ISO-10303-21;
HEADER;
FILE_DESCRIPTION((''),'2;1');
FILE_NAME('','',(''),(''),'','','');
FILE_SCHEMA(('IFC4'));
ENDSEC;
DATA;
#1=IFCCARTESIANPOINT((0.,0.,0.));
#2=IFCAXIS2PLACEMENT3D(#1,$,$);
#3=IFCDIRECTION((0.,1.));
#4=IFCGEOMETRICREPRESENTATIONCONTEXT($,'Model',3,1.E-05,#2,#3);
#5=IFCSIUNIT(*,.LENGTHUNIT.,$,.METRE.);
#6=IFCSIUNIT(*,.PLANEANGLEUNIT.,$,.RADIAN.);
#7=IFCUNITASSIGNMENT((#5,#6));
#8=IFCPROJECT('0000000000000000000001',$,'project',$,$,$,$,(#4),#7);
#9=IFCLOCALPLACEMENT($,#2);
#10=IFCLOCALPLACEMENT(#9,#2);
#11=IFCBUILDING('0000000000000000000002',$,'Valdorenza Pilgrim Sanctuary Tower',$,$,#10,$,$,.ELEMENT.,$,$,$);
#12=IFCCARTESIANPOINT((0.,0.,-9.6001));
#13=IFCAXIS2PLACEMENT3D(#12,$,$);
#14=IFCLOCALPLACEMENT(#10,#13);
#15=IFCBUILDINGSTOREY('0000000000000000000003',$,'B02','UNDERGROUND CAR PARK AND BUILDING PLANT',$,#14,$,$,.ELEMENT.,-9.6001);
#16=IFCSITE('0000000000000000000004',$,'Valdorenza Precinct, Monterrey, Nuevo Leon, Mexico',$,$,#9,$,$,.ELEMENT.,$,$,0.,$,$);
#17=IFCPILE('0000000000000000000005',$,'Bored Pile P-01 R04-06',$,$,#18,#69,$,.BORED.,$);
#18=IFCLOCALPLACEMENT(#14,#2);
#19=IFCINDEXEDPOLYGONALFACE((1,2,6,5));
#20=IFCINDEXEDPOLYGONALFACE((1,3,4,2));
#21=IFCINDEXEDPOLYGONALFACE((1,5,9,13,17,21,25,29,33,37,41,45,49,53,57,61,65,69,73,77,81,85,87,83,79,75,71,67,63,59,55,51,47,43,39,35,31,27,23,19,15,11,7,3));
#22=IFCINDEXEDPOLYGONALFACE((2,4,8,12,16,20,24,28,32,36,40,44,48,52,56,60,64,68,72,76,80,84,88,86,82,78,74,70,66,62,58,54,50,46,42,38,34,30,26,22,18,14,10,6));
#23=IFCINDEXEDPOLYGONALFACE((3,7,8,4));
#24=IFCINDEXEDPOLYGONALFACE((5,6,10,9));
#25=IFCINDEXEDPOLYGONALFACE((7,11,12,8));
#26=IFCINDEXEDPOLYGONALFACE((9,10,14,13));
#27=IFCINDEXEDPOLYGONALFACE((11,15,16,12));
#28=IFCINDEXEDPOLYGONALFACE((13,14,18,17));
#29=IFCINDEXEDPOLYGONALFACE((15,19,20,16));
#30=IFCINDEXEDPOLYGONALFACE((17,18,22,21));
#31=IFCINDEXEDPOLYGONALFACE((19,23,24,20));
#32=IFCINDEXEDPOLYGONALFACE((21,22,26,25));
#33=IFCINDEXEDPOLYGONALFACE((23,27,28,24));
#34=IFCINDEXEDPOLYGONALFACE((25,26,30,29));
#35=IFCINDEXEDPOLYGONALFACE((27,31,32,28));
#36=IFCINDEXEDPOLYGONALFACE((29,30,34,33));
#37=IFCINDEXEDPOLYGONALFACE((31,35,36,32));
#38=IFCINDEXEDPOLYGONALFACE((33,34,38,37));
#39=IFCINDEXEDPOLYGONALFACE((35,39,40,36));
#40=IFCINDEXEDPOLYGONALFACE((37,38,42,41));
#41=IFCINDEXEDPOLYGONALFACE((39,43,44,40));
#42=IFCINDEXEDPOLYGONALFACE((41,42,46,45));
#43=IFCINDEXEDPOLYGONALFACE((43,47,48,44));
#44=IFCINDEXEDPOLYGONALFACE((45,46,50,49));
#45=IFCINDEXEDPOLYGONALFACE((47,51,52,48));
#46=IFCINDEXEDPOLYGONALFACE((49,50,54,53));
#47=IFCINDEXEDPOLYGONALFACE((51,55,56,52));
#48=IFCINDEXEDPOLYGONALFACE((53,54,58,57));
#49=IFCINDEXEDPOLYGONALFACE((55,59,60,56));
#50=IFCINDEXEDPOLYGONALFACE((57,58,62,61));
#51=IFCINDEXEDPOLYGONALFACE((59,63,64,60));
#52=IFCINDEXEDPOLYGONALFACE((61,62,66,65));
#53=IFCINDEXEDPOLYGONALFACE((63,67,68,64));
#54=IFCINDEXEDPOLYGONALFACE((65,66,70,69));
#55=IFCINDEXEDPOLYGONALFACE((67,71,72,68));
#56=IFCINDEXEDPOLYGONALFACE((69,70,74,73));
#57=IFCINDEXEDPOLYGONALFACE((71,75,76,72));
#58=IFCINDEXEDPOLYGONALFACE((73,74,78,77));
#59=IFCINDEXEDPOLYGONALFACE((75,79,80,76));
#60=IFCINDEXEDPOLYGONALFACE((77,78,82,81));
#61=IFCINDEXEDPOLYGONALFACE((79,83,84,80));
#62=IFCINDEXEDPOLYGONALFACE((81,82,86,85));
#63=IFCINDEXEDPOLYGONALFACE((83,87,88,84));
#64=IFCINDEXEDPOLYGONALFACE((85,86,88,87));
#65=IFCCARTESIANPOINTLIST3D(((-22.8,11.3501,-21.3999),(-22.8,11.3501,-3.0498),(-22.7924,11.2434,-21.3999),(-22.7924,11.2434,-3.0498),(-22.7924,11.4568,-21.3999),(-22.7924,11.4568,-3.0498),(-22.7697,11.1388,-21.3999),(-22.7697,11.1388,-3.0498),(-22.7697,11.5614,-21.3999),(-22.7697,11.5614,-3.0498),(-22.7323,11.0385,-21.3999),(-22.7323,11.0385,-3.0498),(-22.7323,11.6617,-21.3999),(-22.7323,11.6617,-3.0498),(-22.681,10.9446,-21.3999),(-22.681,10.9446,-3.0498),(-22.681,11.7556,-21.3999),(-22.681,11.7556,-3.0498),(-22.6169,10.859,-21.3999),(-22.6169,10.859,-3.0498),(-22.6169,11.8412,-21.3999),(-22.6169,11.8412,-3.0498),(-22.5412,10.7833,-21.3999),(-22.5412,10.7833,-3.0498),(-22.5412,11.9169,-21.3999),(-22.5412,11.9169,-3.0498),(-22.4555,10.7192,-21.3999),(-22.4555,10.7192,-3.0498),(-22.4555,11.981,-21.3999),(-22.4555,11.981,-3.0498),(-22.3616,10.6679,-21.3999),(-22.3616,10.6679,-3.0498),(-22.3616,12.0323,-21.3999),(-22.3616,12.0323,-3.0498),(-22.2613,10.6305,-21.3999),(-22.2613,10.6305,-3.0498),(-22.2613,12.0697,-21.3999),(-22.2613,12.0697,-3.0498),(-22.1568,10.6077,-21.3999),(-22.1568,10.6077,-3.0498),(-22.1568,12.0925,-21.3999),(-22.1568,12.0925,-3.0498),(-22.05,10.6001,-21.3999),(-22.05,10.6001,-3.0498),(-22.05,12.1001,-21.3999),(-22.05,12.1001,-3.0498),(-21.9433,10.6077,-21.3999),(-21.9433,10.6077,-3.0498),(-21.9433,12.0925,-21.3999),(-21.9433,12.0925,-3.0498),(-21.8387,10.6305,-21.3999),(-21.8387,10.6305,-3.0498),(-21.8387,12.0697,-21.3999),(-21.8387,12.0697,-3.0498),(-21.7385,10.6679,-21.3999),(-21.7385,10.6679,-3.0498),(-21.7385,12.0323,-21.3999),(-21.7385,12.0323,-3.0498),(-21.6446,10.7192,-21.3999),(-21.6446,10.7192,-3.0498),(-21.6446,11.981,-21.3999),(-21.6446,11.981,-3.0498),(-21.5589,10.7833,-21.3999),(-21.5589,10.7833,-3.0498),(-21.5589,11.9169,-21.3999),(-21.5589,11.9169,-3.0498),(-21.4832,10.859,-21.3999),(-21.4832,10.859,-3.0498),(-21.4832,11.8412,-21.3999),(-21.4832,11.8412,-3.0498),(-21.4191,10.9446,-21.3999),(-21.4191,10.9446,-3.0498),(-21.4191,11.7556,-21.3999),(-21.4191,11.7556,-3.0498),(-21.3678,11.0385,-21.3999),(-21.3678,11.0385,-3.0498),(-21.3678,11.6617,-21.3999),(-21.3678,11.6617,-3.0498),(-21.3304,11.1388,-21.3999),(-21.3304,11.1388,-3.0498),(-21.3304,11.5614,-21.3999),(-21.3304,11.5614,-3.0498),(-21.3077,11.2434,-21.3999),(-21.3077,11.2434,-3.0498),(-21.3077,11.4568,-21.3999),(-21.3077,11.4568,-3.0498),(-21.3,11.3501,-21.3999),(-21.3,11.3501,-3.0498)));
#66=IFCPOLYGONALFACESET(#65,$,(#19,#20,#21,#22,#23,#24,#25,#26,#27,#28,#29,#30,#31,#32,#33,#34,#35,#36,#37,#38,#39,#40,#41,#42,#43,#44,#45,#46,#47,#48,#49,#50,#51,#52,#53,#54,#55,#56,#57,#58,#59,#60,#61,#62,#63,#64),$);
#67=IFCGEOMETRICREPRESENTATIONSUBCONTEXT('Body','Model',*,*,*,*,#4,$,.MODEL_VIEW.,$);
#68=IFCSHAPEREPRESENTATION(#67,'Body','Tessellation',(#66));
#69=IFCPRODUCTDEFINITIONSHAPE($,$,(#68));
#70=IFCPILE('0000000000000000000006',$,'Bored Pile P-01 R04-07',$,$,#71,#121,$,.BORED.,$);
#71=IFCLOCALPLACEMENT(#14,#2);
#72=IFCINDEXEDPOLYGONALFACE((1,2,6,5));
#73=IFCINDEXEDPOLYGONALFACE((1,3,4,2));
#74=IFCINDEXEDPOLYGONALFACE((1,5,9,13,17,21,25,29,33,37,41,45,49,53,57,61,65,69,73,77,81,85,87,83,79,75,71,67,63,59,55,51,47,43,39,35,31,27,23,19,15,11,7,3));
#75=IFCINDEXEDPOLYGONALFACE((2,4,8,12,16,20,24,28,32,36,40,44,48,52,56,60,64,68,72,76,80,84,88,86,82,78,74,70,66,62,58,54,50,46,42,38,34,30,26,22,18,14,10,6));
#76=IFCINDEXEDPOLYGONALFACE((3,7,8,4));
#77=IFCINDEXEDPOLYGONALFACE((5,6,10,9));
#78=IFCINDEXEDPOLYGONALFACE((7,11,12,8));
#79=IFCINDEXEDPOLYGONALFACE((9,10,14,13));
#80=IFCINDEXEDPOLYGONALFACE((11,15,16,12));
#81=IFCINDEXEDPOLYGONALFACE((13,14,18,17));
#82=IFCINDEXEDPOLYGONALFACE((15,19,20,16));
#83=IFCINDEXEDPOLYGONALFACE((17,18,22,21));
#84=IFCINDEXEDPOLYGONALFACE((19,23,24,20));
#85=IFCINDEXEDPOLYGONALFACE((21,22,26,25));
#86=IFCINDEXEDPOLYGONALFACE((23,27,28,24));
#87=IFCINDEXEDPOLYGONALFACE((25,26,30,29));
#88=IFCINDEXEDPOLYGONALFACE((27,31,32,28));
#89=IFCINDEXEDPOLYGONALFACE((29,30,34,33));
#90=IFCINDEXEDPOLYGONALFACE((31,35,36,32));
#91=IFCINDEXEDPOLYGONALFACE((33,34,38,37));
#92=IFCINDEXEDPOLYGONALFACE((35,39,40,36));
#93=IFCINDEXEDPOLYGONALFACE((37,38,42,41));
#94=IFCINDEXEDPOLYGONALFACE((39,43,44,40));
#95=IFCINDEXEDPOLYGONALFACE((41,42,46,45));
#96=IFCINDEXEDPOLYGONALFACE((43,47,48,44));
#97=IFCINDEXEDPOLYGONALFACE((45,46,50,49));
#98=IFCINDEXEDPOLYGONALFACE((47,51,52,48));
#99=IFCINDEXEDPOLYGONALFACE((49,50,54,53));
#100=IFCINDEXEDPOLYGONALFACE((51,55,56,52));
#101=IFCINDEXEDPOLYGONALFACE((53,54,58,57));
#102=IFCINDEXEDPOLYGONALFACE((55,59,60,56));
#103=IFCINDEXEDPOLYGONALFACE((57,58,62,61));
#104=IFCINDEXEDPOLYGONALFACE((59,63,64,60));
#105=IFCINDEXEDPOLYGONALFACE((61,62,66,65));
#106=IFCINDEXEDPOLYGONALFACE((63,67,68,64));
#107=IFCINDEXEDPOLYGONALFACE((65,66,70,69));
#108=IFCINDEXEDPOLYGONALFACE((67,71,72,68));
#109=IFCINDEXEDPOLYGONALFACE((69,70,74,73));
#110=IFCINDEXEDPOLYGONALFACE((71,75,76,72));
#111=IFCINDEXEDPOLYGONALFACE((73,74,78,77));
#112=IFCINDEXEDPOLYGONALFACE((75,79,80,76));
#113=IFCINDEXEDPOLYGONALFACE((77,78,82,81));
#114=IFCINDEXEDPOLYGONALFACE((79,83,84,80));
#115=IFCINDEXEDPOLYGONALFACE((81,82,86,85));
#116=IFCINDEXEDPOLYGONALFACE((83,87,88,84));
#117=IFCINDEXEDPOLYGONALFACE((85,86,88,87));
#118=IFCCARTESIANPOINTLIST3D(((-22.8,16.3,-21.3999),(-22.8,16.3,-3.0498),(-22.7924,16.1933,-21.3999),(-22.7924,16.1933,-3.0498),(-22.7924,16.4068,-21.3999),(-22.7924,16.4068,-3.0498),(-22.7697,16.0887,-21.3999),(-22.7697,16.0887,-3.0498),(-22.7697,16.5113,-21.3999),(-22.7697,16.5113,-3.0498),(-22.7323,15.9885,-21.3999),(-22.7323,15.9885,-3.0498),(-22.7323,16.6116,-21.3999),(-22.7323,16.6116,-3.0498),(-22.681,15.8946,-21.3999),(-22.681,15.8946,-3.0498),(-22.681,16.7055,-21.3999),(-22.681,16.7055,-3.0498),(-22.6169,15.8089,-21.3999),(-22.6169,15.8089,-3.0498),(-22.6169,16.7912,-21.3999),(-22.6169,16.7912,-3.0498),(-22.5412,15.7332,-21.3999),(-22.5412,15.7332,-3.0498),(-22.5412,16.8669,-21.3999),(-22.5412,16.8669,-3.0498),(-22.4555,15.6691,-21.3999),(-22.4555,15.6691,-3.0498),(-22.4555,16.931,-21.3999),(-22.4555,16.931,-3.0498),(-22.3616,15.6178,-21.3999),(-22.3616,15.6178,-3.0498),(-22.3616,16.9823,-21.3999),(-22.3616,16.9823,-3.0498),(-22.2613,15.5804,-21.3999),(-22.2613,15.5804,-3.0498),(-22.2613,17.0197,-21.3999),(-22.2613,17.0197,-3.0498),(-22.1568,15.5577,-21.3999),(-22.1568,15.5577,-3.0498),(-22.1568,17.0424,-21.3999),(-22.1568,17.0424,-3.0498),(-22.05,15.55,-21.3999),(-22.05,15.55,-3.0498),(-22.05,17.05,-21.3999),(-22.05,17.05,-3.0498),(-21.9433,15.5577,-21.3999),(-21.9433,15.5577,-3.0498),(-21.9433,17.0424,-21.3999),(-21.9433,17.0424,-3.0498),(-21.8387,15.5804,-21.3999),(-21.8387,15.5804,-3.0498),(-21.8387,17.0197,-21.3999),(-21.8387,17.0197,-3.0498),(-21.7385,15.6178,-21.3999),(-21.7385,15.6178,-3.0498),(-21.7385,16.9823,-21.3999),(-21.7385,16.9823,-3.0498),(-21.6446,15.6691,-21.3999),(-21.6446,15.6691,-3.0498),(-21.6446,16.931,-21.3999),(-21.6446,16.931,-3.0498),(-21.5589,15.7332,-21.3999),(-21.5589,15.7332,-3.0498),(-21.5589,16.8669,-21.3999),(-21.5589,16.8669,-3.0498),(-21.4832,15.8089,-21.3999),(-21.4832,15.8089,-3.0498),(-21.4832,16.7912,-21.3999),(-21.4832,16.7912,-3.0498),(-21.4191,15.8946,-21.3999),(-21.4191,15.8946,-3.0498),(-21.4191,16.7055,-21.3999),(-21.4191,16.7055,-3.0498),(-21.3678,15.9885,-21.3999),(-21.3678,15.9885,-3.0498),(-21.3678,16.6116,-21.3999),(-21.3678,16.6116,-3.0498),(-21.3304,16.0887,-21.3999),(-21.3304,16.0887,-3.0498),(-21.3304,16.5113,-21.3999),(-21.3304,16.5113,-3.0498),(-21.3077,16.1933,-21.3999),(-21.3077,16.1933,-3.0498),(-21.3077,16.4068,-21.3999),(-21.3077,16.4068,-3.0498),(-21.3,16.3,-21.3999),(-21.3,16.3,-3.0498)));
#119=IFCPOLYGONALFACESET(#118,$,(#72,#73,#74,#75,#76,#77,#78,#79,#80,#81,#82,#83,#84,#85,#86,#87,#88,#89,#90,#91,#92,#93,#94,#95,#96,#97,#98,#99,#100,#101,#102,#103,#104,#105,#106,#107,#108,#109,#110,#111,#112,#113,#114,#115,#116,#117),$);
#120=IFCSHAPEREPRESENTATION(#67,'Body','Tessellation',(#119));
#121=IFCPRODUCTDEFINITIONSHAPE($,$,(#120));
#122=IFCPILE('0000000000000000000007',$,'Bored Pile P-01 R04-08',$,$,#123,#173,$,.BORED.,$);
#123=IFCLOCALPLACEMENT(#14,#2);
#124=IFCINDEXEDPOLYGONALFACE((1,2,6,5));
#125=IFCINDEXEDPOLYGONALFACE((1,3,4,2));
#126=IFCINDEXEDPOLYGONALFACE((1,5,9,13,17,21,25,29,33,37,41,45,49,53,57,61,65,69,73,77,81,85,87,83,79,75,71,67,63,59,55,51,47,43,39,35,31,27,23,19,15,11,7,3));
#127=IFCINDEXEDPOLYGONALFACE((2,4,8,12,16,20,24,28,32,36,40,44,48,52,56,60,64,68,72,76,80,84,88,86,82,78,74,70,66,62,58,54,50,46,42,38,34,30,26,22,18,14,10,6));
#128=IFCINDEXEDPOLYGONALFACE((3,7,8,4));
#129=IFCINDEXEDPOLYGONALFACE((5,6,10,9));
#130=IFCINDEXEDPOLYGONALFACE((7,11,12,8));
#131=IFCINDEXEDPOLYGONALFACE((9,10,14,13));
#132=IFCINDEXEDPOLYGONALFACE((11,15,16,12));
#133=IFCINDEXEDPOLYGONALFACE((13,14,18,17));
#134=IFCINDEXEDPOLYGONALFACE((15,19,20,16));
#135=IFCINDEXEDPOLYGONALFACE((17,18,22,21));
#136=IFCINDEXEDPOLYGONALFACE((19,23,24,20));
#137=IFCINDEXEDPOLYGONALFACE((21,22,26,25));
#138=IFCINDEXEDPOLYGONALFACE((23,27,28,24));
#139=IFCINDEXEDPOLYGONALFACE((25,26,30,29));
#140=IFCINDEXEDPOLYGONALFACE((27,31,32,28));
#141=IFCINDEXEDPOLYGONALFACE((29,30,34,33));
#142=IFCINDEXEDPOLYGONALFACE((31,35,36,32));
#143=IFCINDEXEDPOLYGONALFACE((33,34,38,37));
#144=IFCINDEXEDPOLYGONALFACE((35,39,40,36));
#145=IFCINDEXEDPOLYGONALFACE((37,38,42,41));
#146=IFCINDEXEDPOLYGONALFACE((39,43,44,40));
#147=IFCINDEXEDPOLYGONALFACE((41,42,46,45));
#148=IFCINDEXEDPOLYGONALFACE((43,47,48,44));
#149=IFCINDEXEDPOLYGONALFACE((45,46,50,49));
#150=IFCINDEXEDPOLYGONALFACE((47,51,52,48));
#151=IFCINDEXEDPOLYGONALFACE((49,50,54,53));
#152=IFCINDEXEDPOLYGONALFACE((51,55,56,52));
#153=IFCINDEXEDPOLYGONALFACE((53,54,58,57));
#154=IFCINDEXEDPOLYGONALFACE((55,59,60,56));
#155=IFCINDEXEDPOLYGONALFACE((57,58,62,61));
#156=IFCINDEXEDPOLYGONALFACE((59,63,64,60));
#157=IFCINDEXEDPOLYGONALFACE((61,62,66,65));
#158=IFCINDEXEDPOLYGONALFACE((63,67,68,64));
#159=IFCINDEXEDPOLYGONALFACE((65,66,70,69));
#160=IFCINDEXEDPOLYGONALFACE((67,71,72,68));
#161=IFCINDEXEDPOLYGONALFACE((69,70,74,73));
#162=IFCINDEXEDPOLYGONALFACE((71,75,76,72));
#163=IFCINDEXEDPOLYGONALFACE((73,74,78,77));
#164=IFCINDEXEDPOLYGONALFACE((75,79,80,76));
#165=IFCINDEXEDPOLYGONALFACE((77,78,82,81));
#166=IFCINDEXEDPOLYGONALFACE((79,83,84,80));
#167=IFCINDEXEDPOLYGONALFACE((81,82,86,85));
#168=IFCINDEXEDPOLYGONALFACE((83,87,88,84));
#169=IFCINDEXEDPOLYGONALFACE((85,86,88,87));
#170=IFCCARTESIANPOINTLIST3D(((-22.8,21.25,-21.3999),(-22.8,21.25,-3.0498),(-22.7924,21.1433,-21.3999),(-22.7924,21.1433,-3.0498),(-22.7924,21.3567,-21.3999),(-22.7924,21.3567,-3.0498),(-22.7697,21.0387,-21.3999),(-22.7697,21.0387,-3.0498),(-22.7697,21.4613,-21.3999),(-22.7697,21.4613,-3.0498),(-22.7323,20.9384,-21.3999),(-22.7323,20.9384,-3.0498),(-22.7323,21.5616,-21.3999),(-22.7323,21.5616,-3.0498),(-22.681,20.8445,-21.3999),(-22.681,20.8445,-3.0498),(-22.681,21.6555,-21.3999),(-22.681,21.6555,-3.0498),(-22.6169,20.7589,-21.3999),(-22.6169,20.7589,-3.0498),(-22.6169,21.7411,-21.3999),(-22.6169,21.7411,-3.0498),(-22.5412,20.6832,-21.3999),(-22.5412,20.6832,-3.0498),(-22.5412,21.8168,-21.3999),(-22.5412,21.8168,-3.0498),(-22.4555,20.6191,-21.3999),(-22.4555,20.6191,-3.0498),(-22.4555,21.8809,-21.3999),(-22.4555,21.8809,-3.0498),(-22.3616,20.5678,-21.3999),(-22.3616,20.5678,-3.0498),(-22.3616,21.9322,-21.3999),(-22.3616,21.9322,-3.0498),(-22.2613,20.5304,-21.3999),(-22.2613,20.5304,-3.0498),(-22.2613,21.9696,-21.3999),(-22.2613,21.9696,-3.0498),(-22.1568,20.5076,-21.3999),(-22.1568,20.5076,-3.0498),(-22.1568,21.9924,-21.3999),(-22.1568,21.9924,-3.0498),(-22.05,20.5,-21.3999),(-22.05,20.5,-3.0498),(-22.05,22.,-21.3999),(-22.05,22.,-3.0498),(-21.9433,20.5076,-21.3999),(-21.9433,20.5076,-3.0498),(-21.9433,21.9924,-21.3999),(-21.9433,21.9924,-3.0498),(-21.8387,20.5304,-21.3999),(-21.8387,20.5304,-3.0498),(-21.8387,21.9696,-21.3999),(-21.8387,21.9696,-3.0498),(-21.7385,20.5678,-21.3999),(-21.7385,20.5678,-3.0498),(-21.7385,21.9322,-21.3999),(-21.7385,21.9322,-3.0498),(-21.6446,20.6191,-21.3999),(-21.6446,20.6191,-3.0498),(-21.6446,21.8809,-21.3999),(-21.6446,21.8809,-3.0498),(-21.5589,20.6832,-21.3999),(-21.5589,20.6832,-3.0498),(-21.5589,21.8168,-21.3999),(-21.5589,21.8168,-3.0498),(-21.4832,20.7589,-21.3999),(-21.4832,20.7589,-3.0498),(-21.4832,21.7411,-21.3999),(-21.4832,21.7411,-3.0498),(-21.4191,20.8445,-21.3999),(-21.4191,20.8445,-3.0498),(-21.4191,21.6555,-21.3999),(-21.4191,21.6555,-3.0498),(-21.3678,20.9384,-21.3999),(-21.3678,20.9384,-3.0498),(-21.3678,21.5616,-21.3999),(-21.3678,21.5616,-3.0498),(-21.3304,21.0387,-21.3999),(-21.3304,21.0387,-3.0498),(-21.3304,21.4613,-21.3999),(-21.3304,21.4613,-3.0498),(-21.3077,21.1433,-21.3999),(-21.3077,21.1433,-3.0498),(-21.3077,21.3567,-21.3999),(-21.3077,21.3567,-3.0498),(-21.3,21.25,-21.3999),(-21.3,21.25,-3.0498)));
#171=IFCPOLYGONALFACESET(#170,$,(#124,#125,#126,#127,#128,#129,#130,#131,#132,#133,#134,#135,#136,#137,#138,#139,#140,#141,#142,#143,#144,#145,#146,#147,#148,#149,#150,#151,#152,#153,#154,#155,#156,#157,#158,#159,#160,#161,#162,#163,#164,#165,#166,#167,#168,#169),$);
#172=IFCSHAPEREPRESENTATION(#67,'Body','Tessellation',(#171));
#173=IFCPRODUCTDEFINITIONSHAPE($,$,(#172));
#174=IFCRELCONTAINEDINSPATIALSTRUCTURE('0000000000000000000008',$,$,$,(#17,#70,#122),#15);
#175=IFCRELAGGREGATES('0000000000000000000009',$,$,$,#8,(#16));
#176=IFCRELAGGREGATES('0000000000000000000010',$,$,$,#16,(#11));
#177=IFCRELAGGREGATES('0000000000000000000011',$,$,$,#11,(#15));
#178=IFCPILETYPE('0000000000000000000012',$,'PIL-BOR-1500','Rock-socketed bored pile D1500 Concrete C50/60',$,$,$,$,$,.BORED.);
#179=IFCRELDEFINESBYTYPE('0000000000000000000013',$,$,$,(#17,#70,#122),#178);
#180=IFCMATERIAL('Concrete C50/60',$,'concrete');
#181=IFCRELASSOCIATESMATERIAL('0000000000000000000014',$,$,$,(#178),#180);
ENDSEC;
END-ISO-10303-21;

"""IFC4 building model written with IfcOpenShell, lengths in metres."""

from ifc_helpers import new_model, si_unit, direction, frame, origin, origin_2d, place, context, subcontext, project, spatial, circle, extrude, source, transform, mapped, material, material_profile, profile_set, type_object, element, save


model = new_model("IFC4")

# Units and contexts
model_context = context("Model", 3, precision=1e-05, world=origin(), true_north=direction((0.0, 1.0)))
body_context = subcontext(model_context, "Body", "Model", "MODEL_VIEW")
ifc_project = project(units=[si_unit("LENGTHUNIT", "METRE"), si_unit("PLANEANGLEUNIT", "RADIAN")], contexts=[model_context])

# Site, building, storey
site_placement = place(None, origin())
site = spatial("IfcSite", under=ifc_project, at=site_placement, Name="Valdorenza Precinct, Monterrey, Nuevo Leon, Mexico", CompositionType="ELEMENT", RefElevation=0.0)
building_placement = place(site_placement, origin())
building = spatial("IfcBuilding", under=site, at=building_placement, Name="Valdorenza Pilgrim Sanctuary Tower", CompositionType="ELEMENT")
storey_placement = place(building_placement, frame((0.0, 0.0, -9.6001)))
storey = spatial("IfcBuildingStorey", under=building, at=storey_placement, Name="B02", Description="UNDERGROUND CAR PARK AND BUILDING PLANT", CompositionType="ELEMENT", Elevation=-9.6001)

# Piles
ifc_material_1 = material(Name="Concrete C50/60", Category="concrete")
ifc_material_profile_1 = material_profile(ifc_material_1, circle(Radius=0.75, at=origin_2d()), Name="BORED PILE 1500")
ifc_profile_set_1 = profile_set([ifc_material_profile_1], Name="Concrete C50/60")
pile_type = type_object("IfcPileType", Name="PIL-BOR-1500", Description="Rock-socketed bored pile D1500 Concrete C50/60", PredefinedType="BORED", material=ifc_profile_set_1)
shared_shape_1 = source(origin(), body_context, "Body", "SweptSolid", [
    extrude(circle(Radius=0.75, at=origin_2d()), origin(), (0.0, 0.0, 1.0), 18.3501),
])
for number, where, z_axis, x_axis, name in (
    (1, (-22.05, 11.3501, -3.0498), (0.0, 0.0, -1.0), (1.0, 0.0, 0.0), "Bored Pile P-01 R04-06"),
    (2, (-22.05, 16.3, -3.0498), (0.0, 0.0, -1.0), (1.0, 0.0, 0.0), "Bored Pile P-01 R04-07"),
    (3, (-22.05, 21.25, -3.0498), (0.0, 0.0, -1.0), (1.0, 0.0, 0.0), "Bored Pile P-01 R04-08"),
):
    element("IfcPile", number, at=place(storey_placement, frame(where, z_axis=z_axis, x_axis=x_axis)), inside=storey, type_object=pile_type, Name=name, PredefinedType="BORED", context=body_context, shape_type="MappedRepresentation", body=[
        mapped(shared_shape_1, transform((0.0, 0.0, 0.0), x_axis=(1.0, 0.0, 0.0), y_axis=(0.0, 1.0, 0.0), z_axis=(0.0, 0.0, 1.0), scale=1.0)),
    ])

save(model, "model.ifc")
